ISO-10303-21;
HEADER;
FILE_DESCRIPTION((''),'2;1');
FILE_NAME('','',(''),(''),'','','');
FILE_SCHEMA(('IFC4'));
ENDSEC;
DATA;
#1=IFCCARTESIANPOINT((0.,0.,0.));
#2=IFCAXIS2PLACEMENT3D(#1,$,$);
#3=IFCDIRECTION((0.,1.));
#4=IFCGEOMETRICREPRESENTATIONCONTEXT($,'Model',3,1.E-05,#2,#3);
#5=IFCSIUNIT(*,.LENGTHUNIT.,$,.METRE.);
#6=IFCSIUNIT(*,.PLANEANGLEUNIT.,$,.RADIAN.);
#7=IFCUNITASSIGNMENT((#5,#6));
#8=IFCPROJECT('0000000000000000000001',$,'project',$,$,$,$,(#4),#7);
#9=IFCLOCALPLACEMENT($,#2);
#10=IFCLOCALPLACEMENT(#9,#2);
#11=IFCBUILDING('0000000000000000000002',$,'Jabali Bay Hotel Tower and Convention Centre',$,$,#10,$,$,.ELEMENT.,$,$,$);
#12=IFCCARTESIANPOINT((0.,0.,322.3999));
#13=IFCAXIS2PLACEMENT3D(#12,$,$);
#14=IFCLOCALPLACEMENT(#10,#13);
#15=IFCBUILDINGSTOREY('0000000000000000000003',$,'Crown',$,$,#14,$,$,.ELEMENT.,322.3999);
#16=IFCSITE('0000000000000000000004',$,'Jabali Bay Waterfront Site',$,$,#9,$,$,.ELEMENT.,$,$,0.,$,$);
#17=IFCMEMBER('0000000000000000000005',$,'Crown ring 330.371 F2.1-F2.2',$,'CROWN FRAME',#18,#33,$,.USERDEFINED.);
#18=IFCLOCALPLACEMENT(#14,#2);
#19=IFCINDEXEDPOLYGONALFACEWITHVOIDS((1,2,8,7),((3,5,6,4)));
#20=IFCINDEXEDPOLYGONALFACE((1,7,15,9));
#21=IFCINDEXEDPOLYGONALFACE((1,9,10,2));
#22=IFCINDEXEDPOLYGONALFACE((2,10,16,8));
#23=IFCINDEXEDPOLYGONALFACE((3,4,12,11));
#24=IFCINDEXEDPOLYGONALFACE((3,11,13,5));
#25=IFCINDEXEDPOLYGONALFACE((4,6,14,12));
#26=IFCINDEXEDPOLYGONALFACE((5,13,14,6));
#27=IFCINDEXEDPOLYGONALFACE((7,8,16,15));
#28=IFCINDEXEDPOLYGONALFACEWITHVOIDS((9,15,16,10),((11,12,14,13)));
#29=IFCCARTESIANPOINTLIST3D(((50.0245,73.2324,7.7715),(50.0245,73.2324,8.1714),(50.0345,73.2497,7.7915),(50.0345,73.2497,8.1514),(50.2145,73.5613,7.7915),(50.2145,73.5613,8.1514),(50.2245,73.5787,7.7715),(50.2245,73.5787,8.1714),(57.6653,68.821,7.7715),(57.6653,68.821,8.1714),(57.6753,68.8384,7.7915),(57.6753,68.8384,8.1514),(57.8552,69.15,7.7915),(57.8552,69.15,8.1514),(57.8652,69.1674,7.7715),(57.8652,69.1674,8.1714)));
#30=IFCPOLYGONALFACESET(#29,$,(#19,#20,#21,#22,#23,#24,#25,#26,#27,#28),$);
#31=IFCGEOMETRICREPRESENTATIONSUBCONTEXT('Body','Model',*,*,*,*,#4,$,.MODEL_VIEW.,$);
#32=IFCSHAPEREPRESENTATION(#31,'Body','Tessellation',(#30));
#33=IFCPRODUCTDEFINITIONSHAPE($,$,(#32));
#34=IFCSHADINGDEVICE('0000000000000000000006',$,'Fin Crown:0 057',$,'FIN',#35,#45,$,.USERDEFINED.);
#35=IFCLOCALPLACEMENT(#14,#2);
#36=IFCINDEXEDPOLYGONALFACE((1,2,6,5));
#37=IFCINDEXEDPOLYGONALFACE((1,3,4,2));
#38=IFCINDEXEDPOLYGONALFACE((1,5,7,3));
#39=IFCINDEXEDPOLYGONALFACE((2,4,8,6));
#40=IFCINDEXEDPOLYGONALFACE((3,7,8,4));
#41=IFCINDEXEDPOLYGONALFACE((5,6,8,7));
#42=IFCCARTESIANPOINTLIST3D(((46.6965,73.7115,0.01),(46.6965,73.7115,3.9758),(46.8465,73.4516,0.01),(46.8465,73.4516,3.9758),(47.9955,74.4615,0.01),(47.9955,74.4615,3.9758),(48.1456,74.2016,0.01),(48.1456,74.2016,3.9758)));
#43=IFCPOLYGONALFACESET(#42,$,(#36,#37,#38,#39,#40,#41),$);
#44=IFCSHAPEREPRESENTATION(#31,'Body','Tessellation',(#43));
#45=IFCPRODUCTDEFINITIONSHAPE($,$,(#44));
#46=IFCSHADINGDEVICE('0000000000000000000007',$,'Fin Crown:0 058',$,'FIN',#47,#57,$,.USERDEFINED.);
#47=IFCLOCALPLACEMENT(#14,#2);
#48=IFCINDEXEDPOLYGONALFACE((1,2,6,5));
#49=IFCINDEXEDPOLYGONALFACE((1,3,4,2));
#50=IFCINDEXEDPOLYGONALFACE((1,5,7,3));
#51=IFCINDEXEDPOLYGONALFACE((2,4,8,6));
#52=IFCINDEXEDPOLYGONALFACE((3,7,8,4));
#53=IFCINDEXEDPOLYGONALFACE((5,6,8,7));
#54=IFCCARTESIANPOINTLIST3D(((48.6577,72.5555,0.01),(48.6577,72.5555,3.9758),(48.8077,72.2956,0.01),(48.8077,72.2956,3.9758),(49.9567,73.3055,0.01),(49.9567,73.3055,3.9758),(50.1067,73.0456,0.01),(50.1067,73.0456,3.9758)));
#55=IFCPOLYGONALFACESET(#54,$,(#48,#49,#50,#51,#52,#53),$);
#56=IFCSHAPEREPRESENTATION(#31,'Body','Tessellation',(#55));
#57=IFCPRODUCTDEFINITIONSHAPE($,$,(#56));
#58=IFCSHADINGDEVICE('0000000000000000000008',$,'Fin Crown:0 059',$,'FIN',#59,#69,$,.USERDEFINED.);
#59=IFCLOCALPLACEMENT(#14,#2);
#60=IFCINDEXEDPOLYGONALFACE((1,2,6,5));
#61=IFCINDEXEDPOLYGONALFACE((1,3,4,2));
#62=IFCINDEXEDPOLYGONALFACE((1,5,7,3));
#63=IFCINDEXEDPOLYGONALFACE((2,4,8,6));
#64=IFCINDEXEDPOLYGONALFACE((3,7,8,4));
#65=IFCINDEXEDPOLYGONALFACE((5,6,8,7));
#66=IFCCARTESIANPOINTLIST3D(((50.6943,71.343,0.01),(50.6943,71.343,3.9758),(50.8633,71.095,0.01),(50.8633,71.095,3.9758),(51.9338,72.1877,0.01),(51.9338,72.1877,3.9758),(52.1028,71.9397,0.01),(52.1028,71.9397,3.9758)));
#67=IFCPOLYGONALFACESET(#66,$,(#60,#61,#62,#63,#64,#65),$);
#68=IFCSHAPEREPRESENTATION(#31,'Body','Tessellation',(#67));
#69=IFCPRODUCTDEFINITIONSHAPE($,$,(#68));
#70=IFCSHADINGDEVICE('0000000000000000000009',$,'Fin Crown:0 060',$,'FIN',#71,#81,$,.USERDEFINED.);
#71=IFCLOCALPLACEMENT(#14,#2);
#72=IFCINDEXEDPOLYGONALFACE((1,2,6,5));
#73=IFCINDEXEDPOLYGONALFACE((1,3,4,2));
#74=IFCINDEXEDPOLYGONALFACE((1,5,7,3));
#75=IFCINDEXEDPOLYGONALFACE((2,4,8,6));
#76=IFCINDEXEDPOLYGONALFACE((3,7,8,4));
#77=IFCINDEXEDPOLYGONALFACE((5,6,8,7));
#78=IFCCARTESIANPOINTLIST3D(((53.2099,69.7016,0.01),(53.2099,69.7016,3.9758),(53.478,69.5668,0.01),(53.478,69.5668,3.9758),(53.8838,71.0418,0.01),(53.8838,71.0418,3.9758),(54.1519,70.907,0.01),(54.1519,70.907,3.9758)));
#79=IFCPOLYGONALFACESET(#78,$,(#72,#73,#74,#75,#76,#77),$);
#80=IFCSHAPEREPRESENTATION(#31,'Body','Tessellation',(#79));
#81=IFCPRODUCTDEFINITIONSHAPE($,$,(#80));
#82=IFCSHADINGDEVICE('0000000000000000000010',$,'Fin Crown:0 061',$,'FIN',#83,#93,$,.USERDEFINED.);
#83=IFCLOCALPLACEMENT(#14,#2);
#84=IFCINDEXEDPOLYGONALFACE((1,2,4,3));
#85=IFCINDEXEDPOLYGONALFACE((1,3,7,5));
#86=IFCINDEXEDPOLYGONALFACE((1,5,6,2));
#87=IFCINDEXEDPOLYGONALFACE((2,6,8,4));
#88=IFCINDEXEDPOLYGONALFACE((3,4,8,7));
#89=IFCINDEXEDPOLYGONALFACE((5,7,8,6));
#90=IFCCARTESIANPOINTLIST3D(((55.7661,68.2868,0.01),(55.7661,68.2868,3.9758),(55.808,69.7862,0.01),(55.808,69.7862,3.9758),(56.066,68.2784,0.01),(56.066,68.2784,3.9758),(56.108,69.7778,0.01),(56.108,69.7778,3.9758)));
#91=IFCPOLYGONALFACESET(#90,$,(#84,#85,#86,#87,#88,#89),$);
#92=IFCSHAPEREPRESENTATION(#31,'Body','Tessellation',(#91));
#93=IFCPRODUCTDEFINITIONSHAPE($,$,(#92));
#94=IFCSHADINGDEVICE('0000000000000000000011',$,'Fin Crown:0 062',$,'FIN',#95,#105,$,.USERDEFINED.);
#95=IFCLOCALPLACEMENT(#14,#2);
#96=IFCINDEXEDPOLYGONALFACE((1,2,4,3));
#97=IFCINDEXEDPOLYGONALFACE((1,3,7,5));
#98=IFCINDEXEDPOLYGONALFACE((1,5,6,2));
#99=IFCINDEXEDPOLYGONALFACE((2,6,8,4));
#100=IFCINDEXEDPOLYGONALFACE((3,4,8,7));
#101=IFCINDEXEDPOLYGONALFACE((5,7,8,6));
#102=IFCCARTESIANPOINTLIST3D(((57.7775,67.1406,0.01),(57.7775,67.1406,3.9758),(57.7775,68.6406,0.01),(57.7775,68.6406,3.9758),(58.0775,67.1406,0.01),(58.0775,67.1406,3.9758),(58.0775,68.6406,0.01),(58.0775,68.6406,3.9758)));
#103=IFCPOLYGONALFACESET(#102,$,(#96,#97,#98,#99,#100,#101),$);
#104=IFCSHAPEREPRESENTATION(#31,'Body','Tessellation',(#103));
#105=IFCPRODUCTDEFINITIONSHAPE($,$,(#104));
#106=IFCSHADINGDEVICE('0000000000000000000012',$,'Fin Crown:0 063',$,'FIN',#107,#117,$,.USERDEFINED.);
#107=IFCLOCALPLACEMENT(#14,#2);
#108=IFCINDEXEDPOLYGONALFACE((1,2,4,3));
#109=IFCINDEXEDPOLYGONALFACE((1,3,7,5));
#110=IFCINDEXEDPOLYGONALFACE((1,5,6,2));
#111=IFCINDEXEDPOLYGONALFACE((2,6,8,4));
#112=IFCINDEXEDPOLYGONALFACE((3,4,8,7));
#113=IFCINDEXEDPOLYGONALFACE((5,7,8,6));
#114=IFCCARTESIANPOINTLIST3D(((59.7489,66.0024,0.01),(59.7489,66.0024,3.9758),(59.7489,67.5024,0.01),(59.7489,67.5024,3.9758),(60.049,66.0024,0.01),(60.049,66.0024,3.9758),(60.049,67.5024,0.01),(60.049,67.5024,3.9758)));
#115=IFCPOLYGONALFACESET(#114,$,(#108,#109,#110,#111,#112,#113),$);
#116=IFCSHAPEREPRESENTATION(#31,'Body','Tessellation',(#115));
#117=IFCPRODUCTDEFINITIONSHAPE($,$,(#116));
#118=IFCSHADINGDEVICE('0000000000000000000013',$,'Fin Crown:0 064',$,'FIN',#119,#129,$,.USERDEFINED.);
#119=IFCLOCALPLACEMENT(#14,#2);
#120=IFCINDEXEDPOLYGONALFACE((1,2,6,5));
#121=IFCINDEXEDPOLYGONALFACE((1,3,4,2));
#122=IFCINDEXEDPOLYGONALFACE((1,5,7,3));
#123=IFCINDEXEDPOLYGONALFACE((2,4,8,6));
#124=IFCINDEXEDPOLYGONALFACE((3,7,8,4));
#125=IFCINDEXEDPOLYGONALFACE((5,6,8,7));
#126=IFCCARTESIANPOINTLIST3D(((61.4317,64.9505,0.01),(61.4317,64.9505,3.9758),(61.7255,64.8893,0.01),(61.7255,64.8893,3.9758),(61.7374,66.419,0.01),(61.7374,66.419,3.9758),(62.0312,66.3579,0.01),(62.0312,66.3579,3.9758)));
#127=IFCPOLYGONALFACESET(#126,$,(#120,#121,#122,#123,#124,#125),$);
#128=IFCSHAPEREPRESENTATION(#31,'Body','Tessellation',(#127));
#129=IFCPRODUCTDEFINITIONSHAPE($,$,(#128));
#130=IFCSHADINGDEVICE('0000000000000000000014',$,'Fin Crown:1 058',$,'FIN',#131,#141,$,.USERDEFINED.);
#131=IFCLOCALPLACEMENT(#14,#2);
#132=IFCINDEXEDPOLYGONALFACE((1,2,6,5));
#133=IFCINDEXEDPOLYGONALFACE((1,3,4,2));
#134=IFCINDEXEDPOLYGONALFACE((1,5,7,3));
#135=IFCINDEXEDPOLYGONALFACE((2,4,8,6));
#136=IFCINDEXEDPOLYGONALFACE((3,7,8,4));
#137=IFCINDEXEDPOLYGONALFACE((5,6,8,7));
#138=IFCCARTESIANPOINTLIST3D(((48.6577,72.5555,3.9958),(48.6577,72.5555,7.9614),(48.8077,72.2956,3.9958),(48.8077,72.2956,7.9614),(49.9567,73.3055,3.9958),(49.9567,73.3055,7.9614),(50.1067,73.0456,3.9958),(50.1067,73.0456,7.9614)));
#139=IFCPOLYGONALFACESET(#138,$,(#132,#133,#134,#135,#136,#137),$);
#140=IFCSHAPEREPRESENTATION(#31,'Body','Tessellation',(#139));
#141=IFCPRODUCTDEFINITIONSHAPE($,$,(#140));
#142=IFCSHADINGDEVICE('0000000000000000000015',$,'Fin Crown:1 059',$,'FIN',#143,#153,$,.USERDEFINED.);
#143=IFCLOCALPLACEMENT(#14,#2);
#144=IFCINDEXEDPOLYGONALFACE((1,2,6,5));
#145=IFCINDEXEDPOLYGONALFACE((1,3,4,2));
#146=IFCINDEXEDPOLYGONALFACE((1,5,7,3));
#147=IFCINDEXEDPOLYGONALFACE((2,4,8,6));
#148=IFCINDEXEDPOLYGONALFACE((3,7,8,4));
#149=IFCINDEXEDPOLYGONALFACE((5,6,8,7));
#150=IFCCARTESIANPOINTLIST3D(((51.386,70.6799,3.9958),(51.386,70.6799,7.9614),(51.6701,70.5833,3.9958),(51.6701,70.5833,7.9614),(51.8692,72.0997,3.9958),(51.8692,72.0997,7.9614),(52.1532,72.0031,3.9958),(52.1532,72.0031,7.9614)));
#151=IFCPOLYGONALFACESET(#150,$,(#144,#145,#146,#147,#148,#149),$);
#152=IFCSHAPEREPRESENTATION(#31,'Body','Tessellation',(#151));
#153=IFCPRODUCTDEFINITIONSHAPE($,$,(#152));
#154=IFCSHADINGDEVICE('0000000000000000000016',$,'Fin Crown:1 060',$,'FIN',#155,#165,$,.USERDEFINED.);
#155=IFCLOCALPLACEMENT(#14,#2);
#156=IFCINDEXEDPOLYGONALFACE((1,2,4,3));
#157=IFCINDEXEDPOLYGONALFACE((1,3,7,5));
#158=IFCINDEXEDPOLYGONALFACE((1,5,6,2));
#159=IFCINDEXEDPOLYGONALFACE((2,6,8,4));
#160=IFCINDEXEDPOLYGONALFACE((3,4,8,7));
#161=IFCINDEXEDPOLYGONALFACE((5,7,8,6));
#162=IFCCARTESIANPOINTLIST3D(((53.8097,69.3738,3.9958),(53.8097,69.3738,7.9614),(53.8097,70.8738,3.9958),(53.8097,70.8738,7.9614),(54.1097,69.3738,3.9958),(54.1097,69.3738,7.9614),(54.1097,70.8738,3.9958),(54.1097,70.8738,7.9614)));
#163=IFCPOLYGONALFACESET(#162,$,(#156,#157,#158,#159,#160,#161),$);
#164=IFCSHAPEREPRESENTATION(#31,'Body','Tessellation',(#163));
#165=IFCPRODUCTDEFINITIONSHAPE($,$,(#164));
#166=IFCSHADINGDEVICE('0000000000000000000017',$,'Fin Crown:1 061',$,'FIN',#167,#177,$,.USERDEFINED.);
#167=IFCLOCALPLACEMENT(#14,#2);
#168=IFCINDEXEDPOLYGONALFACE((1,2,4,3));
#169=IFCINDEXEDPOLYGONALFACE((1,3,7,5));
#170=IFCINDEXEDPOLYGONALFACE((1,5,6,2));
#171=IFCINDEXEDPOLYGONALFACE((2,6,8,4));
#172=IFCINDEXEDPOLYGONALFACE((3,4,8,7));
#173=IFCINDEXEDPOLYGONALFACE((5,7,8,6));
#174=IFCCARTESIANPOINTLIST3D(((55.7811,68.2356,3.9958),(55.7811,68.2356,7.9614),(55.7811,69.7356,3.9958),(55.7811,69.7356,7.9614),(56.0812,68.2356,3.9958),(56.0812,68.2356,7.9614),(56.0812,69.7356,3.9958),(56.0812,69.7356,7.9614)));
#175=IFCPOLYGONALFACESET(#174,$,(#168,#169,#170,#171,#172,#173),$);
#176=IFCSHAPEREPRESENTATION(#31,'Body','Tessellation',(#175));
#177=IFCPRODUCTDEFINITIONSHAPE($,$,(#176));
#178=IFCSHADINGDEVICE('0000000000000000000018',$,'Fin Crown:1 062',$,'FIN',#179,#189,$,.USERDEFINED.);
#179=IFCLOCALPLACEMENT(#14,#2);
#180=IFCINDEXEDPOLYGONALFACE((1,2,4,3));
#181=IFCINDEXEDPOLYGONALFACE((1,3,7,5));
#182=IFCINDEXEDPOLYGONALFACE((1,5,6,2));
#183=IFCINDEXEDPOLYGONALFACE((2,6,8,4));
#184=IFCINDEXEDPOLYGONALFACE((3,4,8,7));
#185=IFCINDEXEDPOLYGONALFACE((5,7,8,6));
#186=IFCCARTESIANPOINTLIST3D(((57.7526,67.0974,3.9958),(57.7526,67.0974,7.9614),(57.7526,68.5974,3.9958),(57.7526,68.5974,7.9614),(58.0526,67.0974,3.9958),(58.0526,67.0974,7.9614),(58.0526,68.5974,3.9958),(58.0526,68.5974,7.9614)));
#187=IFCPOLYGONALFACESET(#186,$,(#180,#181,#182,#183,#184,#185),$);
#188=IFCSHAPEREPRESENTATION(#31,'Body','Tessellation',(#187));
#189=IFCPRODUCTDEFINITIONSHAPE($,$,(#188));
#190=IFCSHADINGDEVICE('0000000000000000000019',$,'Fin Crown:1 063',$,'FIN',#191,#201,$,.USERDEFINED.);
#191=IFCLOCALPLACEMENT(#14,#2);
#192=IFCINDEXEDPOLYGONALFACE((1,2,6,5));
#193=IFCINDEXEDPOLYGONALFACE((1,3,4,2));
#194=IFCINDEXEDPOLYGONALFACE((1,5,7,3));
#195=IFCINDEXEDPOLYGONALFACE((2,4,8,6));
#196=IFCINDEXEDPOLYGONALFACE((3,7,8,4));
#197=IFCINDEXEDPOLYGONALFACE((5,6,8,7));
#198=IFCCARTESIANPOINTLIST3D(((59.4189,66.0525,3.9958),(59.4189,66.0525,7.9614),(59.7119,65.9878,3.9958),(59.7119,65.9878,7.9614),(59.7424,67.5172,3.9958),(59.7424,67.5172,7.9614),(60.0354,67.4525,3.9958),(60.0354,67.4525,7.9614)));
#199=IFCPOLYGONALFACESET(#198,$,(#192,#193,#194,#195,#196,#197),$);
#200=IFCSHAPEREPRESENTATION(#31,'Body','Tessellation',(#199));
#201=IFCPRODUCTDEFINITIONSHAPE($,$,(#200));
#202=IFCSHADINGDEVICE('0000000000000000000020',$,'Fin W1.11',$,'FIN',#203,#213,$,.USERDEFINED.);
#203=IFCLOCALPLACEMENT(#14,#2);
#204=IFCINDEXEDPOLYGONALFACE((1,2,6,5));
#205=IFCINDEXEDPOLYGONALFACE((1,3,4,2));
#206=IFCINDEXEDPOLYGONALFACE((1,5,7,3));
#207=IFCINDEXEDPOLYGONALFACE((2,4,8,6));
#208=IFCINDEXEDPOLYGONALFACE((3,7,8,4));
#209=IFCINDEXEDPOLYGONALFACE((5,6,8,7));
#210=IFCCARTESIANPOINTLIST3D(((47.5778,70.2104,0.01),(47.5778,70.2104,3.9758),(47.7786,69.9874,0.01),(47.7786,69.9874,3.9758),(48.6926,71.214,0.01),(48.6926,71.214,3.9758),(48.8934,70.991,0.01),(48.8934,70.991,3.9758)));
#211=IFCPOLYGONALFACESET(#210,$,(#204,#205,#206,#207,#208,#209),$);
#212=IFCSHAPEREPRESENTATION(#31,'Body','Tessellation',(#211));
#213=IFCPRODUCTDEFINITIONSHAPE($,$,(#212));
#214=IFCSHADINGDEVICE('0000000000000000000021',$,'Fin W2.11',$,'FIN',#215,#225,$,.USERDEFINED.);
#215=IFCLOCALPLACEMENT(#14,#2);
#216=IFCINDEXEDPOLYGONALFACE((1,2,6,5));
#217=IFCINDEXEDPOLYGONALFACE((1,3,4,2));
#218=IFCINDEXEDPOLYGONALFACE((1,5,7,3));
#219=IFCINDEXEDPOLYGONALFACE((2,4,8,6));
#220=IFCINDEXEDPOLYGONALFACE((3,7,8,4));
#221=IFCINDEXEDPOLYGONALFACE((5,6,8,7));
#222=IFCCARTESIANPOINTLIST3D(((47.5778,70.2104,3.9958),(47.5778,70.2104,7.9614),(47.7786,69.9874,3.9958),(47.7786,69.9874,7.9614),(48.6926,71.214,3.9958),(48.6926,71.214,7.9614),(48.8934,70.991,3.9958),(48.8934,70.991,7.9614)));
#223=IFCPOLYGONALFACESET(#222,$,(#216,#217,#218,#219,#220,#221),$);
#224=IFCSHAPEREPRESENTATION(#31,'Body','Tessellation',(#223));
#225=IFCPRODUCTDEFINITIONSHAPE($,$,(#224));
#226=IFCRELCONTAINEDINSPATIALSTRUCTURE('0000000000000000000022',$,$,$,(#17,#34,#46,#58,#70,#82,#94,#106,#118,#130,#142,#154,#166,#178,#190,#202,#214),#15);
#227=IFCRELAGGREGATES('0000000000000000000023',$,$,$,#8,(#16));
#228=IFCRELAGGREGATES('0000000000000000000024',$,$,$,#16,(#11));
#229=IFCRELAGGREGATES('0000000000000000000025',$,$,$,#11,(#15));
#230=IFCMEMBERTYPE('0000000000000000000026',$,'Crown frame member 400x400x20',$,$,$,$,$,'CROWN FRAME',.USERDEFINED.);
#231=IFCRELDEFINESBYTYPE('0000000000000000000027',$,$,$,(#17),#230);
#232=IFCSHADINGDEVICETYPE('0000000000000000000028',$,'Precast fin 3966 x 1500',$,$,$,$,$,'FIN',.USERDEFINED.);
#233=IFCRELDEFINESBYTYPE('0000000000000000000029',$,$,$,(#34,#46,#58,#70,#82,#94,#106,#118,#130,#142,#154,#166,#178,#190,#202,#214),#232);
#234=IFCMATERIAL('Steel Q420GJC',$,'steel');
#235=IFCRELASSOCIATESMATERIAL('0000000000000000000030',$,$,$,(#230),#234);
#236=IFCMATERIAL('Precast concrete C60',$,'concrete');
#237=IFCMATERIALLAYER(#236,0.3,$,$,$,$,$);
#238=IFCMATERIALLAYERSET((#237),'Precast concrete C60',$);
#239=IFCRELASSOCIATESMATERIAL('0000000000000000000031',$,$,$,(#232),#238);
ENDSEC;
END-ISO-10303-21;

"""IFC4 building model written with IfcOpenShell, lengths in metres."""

from ifc_helpers import new_model, si_unit, direction, frame, frame_2d, origin, origin_2d, place, context, subcontext, project, spatial, rectangle, hollow_rectangle, extrude, material, layer, layer_set, material_profile, profile_set, type_object, element, save


model = new_model("IFC4")

# Units and contexts
model_context = context("Model", 3, precision=1e-05, world=origin(), true_north=direction((0.0, 1.0)))
body_context = subcontext(model_context, "Body", "Model", "MODEL_VIEW")
ifc_project = project(units=[si_unit("LENGTHUNIT", "METRE"), si_unit("PLANEANGLEUNIT", "RADIAN")], contexts=[model_context])

# Site, building, storey
site_placement = place(None, origin())
site = spatial("IfcSite", under=ifc_project, at=site_placement, Name="Jabali Bay Waterfront Site", CompositionType="ELEMENT", RefElevation=0.0)
building_placement = place(site_placement, origin())
building = spatial("IfcBuilding", under=site, at=building_placement, Name="Jabali Bay Hotel Tower and Convention Centre", CompositionType="ELEMENT")
storey_placement = place(building_placement, frame((0.0, 0.0, 322.3999)))
storey = spatial("IfcBuildingStorey", under=building, at=storey_placement, Name="Crown", CompositionType="ELEMENT", Elevation=322.3999)

# Member
ifc_material_1 = material(Name="Steel Q420GJC", Category="steel")
ifc_material_profile_1 = material_profile(ifc_material_1, hollow_rectangle(XDim=0.3999, YDim=0.3999, WallThickness=0.02, at=origin_2d()), Name="Crown frame member 400x400x20")
ifc_profile_set_1 = profile_set([ifc_material_profile_1], Name="Steel Q420GJC")
member_type_1 = type_object("IfcMemberType", Name="Crown frame member 400x400x20", ElementType="CROWN FRAME", PredefinedType="USERDEFINED", material=ifc_profile_set_1)
member_1_placement = place(storey_placement, frame((50.1245, 73.4055, 7.9714), z_axis=(0.866029, -0.499993, 0.0), x_axis=(0.499993, 0.866029, 0.0)))
element("IfcMember", 1, at=member_1_placement, inside=storey, type_object=member_type_1, Name="Crown ring 330.371 F2.1-F2.2", ObjectType="CROWN FRAME", PredefinedType="USERDEFINED", context=body_context, shape_type="SweptSolid", body=[
    extrude(hollow_rectangle(XDim=0.3999, YDim=0.3999, WallThickness=0.02, at=origin_2d()), origin(), (0.0, 0.0, 1.0), 8.8228),
])

# Shading devices
ifc_material_2 = material(Name="Precast concrete C60", Category="concrete")
ifc_layer = layer(ifc_material_2, 0.3)
ifc_layer_set = layer_set([ifc_layer], Name="Precast concrete C60")
shading_device_type = type_object("IfcShadingDeviceType", Name="Precast fin 3966 x 1500", ElementType="FIN", PredefinedType="USERDEFINED", material=ifc_layer_set)
for number, where, z_axis, x_axis, name in (
    (2, (48.0706, 74.3315, 0.01), (0.0, 0.0, 1.0), (-0.866031, -0.49999, 0.0), "Fin Crown:0 057"),
    (3, (50.0317, 73.1755, 0.01), (0.0, 0.0, 1.0), (-0.866031, -0.49999, 0.0), "Fin Crown:0 058"),
    (4, (52.0183, 72.0637, 0.01), (0.0, 0.0, 1.0), (-0.826348, -0.56316, 0.0), "Fin Crown:0 059"),
    (5, (54.0178, 70.9744, 0.01), (0.0, 0.0, 1.0), (-0.449231, -0.893416, 0.0), "Fin Crown:0 060"),
    (6, (55.958, 69.782, 0.01), (0.0, 0.0, 1.0), (-0.027993, -0.999608, 0.0), "Fin Crown:0 061"),
    (7, (57.9275, 68.6406, 0.01), (0.0, 0.0, 1.0), (0.0, -1.0, 0.0), "Fin Crown:0 062"),
    (8, (59.8989, 67.5024, 0.01), (0.0, 0.0, 1.0), (0.0, -1.0, 0.0), "Fin Crown:0 063"),
    (9, (61.8843, 66.3884, 0.01), (0.0, 0.0, 1.0), (-0.203779, -0.979017, 0.0), "Fin Crown:0 064"),
):
    element("IfcShadingDevice", number, at=place(storey_placement, frame(where, z_axis=z_axis, x_axis=x_axis)), inside=storey, type_object=shading_device_type, Name=name, ObjectType="FIN", PredefinedType="USERDEFINED", context=body_context, shape_type="SweptSolid", body=[
        extrude(rectangle(XDim=1.5, YDim=0.3, at=frame_2d((0.75, 0.0))), origin(), (0.0, 0.0, 1.0), 3.9658),
    ])
shading_device_1_placement = place(storey_placement, frame((50.0317, 73.1755, 3.9958), z_axis=(0.0, 0.0, 1.0), x_axis=(-0.866031, -0.49999, 0.0)))
element("IfcShadingDevice", 10, at=shading_device_1_placement, inside=storey, type_object=shading_device_type, Name="Fin Crown:1 058", ObjectType="FIN", PredefinedType="USERDEFINED", context=body_context, shape_type="SweptSolid", body=[
    extrude(rectangle(XDim=1.5, YDim=0.3, at=frame_2d((0.75, 0.0))), origin(), (0.0, 0.0, 1.0), 3.9656),
])
shading_device_2_placement = place(storey_placement, frame((52.0112, 72.0515, 3.9958), z_axis=(0.0, 0.0, 1.0), x_axis=(-0.32213, -0.946695, 0.0)))
element("IfcShadingDevice", 11, at=shading_device_2_placement, inside=storey, type_object=shading_device_type, Name="Fin Crown:1 059", ObjectType="FIN", PredefinedType="USERDEFINED", context=body_context, shape_type="SweptSolid", body=[
    extrude(rectangle(XDim=1.4998, YDim=0.3, at=frame_2d((0.75, 0.0))), origin(), (0.0, 0.0, 1.0), 3.9656),
])
for number, where, z_axis, x_axis, name in (
    (12, (53.9597, 70.8738, 3.9958), (0.0, 0.0, 1.0), (0.0, -1.0, 0.0), "Fin Crown:1 060"),
    (13, (55.9312, 69.7356, 3.9958), (0.0, 0.0, 1.0), (0.0, -1.0, 0.0), "Fin Crown:1 061"),
    (14, (57.9026, 68.5974, 3.9958), (0.0, 0.0, 1.0), (0.0, -1.0, 0.0), "Fin Crown:1 062"),
    (15, (59.8889, 67.4849, 3.9958), (0.0, 0.0, 1.0), (-0.215672, -0.976466, 0.0), "Fin Crown:1 063"),
):
    element("IfcShadingDevice", number, at=place(storey_placement, frame(where, z_axis=z_axis, x_axis=x_axis)), inside=storey, type_object=shading_device_type, Name=name, ObjectType="FIN", PredefinedType="USERDEFINED", context=body_context, shape_type="SweptSolid", body=[
        extrude(rectangle(XDim=1.5, YDim=0.3, at=frame_2d((0.75, 0.0))), origin(), (0.0, 0.0, 1.0), 3.9656),
    ])
shading_device_3_placement = place(storey_placement, frame((48.793, 71.1025, 0.01), z_axis=(0.0, 0.0, 1.0), x_axis=(-0.743165, -0.669109, 0.0)))
element("IfcShadingDevice", 16, at=shading_device_3_placement, inside=storey, type_object=shading_device_type, Name="Fin W1.11", ObjectType="FIN", PredefinedType="USERDEFINED", context=body_context, shape_type="SweptSolid", body=[
    extrude(rectangle(XDim=1.5, YDim=0.3, at=frame_2d((0.75, 0.0))), origin(), (0.0, 0.0, 1.0), 3.9658),
])
shading_device_4_placement = place(storey_placement, frame((48.793, 71.1025, 3.9958), z_axis=(0.0, 0.0, 1.0), x_axis=(-0.743165, -0.669109, 0.0)))
element("IfcShadingDevice", 17, at=shading_device_4_placement, inside=storey, type_object=shading_device_type, Name="Fin W2.11", ObjectType="FIN", PredefinedType="USERDEFINED", context=body_context, shape_type="SweptSolid", body=[
    extrude(rectangle(XDim=1.5, YDim=0.3, at=frame_2d((0.75, 0.0))), origin(), (0.0, 0.0, 1.0), 3.9656),
])

save(model, "model.ifc")
